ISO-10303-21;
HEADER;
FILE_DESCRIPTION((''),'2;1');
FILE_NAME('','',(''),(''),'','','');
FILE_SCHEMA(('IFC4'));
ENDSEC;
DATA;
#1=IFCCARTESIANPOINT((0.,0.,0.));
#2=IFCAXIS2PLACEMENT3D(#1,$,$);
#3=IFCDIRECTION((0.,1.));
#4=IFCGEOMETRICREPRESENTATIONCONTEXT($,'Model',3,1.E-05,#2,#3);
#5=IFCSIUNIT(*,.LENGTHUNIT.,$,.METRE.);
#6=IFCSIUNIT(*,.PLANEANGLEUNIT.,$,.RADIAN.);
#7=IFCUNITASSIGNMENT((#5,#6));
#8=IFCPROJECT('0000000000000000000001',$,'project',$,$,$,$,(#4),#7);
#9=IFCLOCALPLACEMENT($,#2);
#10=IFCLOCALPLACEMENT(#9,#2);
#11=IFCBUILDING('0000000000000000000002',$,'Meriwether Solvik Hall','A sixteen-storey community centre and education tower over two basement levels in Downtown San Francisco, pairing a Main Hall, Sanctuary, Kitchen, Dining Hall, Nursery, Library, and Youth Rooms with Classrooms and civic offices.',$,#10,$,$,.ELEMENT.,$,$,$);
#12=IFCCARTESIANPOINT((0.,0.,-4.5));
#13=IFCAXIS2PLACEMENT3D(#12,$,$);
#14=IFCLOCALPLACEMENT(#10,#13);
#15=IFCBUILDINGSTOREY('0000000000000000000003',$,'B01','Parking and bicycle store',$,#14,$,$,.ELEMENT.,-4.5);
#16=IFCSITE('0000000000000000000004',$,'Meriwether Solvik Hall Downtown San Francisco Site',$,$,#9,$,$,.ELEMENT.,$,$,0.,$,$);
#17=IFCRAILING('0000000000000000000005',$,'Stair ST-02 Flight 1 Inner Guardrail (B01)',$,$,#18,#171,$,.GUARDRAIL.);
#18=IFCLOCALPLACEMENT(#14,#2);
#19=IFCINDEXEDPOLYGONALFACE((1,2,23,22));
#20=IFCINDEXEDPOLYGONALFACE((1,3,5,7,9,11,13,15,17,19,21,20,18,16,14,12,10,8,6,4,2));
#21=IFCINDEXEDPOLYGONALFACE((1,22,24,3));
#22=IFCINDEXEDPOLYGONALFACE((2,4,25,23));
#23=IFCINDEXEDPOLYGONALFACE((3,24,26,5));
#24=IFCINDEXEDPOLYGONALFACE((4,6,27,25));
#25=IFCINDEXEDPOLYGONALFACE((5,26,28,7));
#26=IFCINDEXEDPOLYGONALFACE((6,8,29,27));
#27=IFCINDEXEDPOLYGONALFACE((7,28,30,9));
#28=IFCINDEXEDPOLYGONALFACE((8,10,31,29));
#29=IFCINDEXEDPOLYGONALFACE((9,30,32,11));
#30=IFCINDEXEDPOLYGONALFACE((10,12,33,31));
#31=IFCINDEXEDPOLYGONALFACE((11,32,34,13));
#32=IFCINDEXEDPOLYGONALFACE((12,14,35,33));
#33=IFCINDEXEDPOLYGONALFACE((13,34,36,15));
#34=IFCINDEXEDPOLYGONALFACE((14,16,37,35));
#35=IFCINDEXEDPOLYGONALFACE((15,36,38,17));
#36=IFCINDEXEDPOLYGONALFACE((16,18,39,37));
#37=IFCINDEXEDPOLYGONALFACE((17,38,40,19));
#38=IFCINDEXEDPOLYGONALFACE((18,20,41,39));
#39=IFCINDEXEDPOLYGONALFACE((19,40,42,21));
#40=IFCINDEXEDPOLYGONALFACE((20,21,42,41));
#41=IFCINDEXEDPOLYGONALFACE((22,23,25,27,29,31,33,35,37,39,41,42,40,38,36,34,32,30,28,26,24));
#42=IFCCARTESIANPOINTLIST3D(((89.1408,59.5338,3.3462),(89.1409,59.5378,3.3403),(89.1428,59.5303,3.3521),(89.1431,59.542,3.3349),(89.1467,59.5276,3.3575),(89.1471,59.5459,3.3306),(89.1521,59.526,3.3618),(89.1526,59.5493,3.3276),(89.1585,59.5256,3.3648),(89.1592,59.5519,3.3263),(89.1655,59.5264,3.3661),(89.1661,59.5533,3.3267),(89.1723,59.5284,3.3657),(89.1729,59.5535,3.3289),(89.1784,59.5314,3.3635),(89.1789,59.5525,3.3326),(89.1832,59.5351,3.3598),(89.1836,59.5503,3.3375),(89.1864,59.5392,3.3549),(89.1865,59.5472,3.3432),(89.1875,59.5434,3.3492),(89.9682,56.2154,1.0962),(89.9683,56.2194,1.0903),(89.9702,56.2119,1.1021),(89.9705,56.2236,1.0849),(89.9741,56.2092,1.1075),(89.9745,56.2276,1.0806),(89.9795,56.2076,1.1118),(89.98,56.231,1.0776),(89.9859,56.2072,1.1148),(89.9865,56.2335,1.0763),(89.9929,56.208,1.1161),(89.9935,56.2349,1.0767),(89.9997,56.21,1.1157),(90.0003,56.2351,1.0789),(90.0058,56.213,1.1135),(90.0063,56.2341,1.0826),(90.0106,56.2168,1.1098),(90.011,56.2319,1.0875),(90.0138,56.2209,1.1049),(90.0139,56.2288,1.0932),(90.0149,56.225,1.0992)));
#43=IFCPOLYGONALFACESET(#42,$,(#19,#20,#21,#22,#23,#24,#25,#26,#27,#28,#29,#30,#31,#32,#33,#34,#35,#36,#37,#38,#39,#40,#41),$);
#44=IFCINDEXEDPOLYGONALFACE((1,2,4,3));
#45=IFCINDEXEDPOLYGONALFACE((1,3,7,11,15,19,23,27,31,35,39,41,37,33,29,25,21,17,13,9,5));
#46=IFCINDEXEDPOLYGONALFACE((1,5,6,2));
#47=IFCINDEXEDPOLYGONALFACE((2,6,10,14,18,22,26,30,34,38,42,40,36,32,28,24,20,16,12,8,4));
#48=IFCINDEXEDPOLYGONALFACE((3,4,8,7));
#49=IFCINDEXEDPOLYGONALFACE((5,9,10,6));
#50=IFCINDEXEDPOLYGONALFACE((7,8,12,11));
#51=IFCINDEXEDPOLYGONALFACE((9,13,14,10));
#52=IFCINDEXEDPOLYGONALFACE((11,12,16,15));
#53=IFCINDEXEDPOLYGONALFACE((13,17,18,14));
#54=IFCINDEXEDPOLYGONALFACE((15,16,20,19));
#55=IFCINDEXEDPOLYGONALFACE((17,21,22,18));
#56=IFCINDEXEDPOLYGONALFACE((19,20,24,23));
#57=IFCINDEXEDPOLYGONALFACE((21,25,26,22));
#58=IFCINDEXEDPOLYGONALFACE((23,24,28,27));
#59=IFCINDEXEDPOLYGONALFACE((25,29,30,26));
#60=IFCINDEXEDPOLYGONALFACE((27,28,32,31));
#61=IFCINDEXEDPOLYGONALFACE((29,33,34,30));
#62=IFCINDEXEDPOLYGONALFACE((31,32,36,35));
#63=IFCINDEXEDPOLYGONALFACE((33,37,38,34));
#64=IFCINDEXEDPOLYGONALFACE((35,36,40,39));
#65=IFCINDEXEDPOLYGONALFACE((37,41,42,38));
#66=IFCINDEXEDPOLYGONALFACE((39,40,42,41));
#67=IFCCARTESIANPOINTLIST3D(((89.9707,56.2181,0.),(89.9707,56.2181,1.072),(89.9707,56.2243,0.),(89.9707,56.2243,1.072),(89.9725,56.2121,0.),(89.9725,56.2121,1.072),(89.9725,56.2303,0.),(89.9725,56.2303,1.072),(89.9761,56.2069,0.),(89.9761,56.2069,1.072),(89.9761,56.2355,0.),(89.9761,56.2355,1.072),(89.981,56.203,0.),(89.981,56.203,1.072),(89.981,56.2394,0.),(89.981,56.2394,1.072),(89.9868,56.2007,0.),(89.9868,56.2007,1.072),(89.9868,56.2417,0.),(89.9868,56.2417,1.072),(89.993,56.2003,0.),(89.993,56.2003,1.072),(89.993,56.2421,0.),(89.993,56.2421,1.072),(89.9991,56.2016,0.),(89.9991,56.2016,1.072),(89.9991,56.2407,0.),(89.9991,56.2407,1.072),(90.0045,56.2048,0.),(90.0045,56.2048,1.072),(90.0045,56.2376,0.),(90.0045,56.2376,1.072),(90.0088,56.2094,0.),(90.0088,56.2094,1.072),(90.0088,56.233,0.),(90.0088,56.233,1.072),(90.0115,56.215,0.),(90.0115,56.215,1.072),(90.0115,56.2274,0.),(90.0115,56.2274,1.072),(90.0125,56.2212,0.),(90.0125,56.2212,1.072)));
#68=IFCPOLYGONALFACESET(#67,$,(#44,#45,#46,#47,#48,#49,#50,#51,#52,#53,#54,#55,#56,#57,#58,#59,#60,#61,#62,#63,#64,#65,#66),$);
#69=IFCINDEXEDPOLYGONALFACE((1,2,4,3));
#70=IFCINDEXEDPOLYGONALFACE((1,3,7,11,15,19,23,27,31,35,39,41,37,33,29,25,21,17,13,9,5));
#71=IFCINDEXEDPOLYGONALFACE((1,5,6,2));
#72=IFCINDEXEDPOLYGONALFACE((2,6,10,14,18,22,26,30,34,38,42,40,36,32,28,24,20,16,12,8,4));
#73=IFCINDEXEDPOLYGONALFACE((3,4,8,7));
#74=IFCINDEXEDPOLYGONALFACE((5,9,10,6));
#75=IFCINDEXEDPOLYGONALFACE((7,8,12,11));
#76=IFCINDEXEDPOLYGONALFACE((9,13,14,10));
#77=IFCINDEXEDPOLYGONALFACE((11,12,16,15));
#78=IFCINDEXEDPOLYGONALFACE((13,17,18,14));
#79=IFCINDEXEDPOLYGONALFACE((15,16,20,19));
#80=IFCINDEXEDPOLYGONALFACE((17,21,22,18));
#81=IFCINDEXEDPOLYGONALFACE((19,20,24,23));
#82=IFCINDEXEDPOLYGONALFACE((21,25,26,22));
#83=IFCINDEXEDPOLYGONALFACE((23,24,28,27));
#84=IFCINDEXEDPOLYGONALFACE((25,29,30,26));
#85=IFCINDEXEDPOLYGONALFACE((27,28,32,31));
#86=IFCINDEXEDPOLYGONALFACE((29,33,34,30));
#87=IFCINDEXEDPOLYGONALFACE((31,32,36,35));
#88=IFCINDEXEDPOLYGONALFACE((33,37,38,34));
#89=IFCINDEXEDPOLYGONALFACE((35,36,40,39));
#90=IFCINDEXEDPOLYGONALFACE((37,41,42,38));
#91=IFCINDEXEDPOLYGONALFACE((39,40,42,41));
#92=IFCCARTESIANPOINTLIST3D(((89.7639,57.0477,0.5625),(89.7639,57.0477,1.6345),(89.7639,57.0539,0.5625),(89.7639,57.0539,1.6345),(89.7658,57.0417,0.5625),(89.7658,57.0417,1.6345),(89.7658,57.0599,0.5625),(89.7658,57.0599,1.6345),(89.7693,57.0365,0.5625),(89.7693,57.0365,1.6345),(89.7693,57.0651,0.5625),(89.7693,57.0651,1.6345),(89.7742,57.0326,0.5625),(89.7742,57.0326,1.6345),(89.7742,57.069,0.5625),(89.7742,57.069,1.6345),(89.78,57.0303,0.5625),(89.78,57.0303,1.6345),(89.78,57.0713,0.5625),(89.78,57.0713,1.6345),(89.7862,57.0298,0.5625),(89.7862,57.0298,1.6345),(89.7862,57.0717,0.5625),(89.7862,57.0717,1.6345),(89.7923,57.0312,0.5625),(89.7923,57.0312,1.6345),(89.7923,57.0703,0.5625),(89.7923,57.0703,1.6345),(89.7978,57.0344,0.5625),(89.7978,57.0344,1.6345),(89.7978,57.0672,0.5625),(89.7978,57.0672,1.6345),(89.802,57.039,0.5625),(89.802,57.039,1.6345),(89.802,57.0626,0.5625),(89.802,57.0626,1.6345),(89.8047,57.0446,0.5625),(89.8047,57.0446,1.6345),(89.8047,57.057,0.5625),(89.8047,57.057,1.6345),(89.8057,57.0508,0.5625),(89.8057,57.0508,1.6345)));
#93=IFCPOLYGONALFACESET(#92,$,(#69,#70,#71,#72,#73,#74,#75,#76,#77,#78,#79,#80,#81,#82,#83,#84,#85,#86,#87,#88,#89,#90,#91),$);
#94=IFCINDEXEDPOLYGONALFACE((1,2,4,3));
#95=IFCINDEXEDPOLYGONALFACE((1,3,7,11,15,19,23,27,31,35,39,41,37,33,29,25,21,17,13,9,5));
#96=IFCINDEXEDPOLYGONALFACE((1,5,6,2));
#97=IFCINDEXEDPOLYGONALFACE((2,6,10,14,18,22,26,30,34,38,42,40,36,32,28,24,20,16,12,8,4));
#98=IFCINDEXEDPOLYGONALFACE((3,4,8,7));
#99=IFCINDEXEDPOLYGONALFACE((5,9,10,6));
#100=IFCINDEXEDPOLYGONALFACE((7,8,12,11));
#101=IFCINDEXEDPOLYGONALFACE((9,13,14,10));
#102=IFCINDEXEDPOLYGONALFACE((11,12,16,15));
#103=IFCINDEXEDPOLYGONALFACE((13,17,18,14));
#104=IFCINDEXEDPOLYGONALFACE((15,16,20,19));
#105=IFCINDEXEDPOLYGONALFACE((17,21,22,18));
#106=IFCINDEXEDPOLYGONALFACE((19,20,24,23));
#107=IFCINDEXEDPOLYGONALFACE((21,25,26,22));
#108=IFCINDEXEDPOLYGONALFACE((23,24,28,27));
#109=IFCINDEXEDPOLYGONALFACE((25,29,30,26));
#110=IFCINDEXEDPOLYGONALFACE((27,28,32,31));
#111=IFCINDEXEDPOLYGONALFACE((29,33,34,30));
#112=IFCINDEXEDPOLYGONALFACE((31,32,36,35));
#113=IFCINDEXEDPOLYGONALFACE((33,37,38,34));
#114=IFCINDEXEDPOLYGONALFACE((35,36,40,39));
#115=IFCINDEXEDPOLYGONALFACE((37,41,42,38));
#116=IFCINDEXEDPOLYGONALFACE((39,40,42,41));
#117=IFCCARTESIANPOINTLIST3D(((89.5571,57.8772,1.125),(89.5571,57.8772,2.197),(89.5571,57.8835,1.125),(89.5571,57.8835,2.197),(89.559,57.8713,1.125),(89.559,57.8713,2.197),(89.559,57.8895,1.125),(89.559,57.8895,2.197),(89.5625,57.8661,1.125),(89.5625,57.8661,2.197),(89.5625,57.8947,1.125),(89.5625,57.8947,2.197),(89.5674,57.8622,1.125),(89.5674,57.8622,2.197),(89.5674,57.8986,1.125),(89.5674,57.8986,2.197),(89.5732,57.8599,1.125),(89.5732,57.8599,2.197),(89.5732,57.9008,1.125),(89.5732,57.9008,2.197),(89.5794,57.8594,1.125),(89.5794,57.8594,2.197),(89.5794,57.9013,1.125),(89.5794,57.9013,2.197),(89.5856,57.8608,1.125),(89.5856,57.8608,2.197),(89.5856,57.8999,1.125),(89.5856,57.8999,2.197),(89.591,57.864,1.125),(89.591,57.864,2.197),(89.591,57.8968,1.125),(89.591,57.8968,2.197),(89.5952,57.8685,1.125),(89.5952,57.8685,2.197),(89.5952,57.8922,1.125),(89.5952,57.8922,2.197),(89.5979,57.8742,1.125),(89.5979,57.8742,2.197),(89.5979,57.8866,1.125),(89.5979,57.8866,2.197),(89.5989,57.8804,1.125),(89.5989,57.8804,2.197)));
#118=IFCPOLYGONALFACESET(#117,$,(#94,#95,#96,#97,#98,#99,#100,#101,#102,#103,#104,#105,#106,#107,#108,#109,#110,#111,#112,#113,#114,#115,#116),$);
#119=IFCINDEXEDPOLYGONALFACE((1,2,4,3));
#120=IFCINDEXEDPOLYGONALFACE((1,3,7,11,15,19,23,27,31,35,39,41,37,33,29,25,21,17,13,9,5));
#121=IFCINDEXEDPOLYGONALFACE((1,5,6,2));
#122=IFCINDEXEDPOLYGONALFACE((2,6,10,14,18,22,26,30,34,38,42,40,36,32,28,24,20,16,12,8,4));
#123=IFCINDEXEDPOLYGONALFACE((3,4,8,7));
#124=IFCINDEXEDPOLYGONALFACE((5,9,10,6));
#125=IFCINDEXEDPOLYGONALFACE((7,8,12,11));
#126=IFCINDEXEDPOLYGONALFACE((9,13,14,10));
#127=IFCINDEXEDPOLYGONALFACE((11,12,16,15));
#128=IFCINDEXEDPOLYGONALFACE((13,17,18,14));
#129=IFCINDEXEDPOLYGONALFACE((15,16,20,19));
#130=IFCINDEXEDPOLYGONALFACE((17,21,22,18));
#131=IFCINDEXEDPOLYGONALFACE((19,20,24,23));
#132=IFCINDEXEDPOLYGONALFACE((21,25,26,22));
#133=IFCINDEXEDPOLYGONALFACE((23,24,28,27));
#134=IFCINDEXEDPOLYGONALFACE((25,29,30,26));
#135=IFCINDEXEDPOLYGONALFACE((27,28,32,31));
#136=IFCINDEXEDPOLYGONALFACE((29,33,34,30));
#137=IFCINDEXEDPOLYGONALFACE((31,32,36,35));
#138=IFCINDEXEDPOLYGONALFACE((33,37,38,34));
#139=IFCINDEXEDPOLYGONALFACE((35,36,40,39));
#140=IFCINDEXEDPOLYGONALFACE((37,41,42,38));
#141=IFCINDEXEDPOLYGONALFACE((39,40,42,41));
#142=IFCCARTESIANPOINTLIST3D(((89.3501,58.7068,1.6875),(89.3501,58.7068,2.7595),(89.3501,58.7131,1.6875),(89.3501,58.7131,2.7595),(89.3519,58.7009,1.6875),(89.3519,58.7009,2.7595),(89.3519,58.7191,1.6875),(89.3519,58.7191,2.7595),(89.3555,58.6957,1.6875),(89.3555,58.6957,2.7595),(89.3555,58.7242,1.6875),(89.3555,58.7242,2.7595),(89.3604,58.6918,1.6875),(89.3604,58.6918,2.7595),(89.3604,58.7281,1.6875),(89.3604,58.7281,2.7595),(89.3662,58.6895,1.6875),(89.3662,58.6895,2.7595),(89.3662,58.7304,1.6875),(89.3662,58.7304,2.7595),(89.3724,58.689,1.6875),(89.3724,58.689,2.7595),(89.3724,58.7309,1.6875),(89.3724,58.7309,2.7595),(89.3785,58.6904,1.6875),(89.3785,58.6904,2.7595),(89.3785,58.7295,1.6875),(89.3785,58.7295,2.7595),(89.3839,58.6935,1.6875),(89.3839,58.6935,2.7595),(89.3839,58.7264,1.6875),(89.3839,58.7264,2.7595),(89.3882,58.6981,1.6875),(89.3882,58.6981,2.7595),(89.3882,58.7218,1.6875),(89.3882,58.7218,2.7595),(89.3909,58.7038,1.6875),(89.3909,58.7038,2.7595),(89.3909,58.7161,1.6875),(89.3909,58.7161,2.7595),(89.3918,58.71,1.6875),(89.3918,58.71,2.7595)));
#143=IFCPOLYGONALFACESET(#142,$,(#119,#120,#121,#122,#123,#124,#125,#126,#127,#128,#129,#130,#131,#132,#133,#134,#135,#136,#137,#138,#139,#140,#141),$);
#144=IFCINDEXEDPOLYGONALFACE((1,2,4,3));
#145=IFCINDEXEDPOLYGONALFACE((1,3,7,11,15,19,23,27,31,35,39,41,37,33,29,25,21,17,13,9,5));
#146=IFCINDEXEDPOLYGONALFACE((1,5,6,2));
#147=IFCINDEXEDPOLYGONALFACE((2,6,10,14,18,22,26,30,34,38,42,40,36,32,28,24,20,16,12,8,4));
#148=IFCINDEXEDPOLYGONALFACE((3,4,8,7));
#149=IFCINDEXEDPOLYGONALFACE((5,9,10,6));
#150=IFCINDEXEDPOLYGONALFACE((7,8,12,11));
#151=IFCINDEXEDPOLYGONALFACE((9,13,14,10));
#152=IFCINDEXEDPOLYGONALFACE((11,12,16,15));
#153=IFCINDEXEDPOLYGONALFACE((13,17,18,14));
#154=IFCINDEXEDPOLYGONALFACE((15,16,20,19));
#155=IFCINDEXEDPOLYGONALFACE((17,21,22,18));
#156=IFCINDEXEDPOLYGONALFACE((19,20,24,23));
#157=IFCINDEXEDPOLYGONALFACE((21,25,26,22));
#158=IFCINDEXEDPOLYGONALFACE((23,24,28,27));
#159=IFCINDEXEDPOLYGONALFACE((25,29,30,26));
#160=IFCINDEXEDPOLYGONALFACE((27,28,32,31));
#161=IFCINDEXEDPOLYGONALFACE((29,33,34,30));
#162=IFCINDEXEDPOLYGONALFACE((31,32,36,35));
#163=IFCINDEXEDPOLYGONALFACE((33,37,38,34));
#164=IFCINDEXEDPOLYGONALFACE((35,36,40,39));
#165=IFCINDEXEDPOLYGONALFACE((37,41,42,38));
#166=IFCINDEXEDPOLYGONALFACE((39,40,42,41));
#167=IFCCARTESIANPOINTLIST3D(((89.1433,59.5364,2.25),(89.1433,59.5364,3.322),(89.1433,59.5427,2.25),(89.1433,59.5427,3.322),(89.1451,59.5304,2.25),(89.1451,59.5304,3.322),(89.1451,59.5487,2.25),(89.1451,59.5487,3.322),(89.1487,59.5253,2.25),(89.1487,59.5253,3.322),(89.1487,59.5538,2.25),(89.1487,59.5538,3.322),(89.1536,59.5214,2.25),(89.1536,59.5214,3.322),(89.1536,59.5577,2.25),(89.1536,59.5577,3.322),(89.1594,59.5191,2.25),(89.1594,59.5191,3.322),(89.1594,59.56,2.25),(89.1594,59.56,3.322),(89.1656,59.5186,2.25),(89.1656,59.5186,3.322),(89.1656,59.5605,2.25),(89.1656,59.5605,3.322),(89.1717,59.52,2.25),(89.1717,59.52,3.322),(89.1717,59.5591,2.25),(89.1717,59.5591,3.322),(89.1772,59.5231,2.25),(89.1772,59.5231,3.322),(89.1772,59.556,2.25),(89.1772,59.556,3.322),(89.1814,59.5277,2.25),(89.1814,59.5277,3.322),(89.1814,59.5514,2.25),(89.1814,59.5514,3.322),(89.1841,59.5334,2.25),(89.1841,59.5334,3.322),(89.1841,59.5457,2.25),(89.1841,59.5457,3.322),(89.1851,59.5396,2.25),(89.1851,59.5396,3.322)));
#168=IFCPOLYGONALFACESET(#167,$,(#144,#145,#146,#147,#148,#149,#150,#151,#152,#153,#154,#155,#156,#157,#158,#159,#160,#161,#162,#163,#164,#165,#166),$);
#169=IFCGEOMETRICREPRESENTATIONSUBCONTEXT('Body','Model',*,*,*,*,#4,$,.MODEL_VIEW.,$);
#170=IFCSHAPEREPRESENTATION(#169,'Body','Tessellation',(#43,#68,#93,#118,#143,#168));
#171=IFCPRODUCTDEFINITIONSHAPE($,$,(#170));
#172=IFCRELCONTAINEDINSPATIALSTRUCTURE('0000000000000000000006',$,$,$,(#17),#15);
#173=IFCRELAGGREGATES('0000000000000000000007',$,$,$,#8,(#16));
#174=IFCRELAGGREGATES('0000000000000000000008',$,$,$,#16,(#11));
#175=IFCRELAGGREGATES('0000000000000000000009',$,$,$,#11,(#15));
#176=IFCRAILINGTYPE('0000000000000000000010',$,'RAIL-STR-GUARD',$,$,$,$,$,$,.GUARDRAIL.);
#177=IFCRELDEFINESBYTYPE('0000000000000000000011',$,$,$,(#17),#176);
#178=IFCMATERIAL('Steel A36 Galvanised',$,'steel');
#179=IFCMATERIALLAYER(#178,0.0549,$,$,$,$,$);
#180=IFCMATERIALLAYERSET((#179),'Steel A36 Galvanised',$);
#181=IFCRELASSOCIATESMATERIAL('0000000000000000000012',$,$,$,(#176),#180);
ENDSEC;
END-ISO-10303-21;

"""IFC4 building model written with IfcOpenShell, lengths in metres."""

from ifc_helpers import new_model, si_unit, direction, frame, origin, origin_2d, place, context, subcontext, project, spatial, circle, extrude, material, layer, layer_set, type_object, element, save


model = new_model("IFC4")

# Units and contexts
model_context = context("Model", 3, precision=1e-05, world=origin(), true_north=direction((0.0, 1.0)))
body_context = subcontext(model_context, "Body", "Model", "MODEL_VIEW")
ifc_project = project(units=[si_unit("LENGTHUNIT", "METRE"), si_unit("PLANEANGLEUNIT", "RADIAN")], contexts=[model_context])

# Site, building, storey
site_placement = place(None, origin())
site = spatial("IfcSite", under=ifc_project, at=site_placement, Name="Meriwether Solvik Hall Downtown San Francisco Site", CompositionType="ELEMENT", RefElevation=0.0)
building_placement = place(site_placement, origin())
building = spatial("IfcBuilding", under=site, at=building_placement, Name="Meriwether Solvik Hall", Description="A sixteen-storey community centre and education tower over two basement levels in Downtown San Francisco, pairing a Main Hall, Sanctuary, Kitchen, Dining Hall, Nursery, Library, and Youth Rooms with Classrooms and civic offices.", CompositionType="ELEMENT")
storey_placement = place(building_placement, frame((0.0, 0.0, -4.5)))
storey = spatial("IfcBuildingStorey", under=building, at=storey_placement, Name="B01", Description="Parking and bicycle store", CompositionType="ELEMENT", Elevation=-4.5)

# Railing
ifc_material_1 = material(Name="Steel A36 Galvanised", Category="steel")
ifc_layer_1 = layer(ifc_material_1, 0.0549)
ifc_layer_set_1 = layer_set([ifc_layer_1], Name="Steel A36 Galvanised")
railing_type_1 = type_object("IfcRailingType", Name="RAIL-STR-GUARD", PredefinedType="GUARDRAIL", material=ifc_layer_set_1)
railing_1_placement = place(storey_placement, frame((89.9915, 56.2212, 0.0)))
element("IfcRailing", 1, at=railing_1_placement, inside=storey, type_object=railing_type_1, Name="Stair ST-02 Flight 1 Inner Guardrail (B01)", PredefinedType="GUARDRAIL", context=body_context, shape_type="SweptSolid", body=[
    extrude(circle(Radius=0.0239, at=origin_2d()), frame((0.0, 0.0, 1.0962), z_axis=(-0.202112, 0.810596, 0.549622), x_axis=(-0.970293, -0.241931, 0.0)), (0.0, 0.0, 1.0), 4.0938),
    extrude(circle(Radius=0.021, at=origin_2d()), origin(), (0.0, 0.0, 1.0), 1.072),
    extrude(circle(Radius=0.021, at=origin_2d()), frame((-0.2068, 0.8296, 0.5625)), (0.0, 0.0, 1.0), 1.072),
    extrude(circle(Radius=0.021, at=origin_2d()), frame((-0.4136, 1.6592, 1.125)), (0.0, 0.0, 1.0), 1.072),
    extrude(circle(Radius=0.021, at=origin_2d()), frame((-0.6206, 2.4888, 1.6875)), (0.0, 0.0, 1.0), 1.072),
    extrude(circle(Radius=0.021, at=origin_2d()), frame((-0.8274, 3.3184, 2.25)), (0.0, 0.0, 1.0), 1.072),
])

save(model, "model.ifc")
